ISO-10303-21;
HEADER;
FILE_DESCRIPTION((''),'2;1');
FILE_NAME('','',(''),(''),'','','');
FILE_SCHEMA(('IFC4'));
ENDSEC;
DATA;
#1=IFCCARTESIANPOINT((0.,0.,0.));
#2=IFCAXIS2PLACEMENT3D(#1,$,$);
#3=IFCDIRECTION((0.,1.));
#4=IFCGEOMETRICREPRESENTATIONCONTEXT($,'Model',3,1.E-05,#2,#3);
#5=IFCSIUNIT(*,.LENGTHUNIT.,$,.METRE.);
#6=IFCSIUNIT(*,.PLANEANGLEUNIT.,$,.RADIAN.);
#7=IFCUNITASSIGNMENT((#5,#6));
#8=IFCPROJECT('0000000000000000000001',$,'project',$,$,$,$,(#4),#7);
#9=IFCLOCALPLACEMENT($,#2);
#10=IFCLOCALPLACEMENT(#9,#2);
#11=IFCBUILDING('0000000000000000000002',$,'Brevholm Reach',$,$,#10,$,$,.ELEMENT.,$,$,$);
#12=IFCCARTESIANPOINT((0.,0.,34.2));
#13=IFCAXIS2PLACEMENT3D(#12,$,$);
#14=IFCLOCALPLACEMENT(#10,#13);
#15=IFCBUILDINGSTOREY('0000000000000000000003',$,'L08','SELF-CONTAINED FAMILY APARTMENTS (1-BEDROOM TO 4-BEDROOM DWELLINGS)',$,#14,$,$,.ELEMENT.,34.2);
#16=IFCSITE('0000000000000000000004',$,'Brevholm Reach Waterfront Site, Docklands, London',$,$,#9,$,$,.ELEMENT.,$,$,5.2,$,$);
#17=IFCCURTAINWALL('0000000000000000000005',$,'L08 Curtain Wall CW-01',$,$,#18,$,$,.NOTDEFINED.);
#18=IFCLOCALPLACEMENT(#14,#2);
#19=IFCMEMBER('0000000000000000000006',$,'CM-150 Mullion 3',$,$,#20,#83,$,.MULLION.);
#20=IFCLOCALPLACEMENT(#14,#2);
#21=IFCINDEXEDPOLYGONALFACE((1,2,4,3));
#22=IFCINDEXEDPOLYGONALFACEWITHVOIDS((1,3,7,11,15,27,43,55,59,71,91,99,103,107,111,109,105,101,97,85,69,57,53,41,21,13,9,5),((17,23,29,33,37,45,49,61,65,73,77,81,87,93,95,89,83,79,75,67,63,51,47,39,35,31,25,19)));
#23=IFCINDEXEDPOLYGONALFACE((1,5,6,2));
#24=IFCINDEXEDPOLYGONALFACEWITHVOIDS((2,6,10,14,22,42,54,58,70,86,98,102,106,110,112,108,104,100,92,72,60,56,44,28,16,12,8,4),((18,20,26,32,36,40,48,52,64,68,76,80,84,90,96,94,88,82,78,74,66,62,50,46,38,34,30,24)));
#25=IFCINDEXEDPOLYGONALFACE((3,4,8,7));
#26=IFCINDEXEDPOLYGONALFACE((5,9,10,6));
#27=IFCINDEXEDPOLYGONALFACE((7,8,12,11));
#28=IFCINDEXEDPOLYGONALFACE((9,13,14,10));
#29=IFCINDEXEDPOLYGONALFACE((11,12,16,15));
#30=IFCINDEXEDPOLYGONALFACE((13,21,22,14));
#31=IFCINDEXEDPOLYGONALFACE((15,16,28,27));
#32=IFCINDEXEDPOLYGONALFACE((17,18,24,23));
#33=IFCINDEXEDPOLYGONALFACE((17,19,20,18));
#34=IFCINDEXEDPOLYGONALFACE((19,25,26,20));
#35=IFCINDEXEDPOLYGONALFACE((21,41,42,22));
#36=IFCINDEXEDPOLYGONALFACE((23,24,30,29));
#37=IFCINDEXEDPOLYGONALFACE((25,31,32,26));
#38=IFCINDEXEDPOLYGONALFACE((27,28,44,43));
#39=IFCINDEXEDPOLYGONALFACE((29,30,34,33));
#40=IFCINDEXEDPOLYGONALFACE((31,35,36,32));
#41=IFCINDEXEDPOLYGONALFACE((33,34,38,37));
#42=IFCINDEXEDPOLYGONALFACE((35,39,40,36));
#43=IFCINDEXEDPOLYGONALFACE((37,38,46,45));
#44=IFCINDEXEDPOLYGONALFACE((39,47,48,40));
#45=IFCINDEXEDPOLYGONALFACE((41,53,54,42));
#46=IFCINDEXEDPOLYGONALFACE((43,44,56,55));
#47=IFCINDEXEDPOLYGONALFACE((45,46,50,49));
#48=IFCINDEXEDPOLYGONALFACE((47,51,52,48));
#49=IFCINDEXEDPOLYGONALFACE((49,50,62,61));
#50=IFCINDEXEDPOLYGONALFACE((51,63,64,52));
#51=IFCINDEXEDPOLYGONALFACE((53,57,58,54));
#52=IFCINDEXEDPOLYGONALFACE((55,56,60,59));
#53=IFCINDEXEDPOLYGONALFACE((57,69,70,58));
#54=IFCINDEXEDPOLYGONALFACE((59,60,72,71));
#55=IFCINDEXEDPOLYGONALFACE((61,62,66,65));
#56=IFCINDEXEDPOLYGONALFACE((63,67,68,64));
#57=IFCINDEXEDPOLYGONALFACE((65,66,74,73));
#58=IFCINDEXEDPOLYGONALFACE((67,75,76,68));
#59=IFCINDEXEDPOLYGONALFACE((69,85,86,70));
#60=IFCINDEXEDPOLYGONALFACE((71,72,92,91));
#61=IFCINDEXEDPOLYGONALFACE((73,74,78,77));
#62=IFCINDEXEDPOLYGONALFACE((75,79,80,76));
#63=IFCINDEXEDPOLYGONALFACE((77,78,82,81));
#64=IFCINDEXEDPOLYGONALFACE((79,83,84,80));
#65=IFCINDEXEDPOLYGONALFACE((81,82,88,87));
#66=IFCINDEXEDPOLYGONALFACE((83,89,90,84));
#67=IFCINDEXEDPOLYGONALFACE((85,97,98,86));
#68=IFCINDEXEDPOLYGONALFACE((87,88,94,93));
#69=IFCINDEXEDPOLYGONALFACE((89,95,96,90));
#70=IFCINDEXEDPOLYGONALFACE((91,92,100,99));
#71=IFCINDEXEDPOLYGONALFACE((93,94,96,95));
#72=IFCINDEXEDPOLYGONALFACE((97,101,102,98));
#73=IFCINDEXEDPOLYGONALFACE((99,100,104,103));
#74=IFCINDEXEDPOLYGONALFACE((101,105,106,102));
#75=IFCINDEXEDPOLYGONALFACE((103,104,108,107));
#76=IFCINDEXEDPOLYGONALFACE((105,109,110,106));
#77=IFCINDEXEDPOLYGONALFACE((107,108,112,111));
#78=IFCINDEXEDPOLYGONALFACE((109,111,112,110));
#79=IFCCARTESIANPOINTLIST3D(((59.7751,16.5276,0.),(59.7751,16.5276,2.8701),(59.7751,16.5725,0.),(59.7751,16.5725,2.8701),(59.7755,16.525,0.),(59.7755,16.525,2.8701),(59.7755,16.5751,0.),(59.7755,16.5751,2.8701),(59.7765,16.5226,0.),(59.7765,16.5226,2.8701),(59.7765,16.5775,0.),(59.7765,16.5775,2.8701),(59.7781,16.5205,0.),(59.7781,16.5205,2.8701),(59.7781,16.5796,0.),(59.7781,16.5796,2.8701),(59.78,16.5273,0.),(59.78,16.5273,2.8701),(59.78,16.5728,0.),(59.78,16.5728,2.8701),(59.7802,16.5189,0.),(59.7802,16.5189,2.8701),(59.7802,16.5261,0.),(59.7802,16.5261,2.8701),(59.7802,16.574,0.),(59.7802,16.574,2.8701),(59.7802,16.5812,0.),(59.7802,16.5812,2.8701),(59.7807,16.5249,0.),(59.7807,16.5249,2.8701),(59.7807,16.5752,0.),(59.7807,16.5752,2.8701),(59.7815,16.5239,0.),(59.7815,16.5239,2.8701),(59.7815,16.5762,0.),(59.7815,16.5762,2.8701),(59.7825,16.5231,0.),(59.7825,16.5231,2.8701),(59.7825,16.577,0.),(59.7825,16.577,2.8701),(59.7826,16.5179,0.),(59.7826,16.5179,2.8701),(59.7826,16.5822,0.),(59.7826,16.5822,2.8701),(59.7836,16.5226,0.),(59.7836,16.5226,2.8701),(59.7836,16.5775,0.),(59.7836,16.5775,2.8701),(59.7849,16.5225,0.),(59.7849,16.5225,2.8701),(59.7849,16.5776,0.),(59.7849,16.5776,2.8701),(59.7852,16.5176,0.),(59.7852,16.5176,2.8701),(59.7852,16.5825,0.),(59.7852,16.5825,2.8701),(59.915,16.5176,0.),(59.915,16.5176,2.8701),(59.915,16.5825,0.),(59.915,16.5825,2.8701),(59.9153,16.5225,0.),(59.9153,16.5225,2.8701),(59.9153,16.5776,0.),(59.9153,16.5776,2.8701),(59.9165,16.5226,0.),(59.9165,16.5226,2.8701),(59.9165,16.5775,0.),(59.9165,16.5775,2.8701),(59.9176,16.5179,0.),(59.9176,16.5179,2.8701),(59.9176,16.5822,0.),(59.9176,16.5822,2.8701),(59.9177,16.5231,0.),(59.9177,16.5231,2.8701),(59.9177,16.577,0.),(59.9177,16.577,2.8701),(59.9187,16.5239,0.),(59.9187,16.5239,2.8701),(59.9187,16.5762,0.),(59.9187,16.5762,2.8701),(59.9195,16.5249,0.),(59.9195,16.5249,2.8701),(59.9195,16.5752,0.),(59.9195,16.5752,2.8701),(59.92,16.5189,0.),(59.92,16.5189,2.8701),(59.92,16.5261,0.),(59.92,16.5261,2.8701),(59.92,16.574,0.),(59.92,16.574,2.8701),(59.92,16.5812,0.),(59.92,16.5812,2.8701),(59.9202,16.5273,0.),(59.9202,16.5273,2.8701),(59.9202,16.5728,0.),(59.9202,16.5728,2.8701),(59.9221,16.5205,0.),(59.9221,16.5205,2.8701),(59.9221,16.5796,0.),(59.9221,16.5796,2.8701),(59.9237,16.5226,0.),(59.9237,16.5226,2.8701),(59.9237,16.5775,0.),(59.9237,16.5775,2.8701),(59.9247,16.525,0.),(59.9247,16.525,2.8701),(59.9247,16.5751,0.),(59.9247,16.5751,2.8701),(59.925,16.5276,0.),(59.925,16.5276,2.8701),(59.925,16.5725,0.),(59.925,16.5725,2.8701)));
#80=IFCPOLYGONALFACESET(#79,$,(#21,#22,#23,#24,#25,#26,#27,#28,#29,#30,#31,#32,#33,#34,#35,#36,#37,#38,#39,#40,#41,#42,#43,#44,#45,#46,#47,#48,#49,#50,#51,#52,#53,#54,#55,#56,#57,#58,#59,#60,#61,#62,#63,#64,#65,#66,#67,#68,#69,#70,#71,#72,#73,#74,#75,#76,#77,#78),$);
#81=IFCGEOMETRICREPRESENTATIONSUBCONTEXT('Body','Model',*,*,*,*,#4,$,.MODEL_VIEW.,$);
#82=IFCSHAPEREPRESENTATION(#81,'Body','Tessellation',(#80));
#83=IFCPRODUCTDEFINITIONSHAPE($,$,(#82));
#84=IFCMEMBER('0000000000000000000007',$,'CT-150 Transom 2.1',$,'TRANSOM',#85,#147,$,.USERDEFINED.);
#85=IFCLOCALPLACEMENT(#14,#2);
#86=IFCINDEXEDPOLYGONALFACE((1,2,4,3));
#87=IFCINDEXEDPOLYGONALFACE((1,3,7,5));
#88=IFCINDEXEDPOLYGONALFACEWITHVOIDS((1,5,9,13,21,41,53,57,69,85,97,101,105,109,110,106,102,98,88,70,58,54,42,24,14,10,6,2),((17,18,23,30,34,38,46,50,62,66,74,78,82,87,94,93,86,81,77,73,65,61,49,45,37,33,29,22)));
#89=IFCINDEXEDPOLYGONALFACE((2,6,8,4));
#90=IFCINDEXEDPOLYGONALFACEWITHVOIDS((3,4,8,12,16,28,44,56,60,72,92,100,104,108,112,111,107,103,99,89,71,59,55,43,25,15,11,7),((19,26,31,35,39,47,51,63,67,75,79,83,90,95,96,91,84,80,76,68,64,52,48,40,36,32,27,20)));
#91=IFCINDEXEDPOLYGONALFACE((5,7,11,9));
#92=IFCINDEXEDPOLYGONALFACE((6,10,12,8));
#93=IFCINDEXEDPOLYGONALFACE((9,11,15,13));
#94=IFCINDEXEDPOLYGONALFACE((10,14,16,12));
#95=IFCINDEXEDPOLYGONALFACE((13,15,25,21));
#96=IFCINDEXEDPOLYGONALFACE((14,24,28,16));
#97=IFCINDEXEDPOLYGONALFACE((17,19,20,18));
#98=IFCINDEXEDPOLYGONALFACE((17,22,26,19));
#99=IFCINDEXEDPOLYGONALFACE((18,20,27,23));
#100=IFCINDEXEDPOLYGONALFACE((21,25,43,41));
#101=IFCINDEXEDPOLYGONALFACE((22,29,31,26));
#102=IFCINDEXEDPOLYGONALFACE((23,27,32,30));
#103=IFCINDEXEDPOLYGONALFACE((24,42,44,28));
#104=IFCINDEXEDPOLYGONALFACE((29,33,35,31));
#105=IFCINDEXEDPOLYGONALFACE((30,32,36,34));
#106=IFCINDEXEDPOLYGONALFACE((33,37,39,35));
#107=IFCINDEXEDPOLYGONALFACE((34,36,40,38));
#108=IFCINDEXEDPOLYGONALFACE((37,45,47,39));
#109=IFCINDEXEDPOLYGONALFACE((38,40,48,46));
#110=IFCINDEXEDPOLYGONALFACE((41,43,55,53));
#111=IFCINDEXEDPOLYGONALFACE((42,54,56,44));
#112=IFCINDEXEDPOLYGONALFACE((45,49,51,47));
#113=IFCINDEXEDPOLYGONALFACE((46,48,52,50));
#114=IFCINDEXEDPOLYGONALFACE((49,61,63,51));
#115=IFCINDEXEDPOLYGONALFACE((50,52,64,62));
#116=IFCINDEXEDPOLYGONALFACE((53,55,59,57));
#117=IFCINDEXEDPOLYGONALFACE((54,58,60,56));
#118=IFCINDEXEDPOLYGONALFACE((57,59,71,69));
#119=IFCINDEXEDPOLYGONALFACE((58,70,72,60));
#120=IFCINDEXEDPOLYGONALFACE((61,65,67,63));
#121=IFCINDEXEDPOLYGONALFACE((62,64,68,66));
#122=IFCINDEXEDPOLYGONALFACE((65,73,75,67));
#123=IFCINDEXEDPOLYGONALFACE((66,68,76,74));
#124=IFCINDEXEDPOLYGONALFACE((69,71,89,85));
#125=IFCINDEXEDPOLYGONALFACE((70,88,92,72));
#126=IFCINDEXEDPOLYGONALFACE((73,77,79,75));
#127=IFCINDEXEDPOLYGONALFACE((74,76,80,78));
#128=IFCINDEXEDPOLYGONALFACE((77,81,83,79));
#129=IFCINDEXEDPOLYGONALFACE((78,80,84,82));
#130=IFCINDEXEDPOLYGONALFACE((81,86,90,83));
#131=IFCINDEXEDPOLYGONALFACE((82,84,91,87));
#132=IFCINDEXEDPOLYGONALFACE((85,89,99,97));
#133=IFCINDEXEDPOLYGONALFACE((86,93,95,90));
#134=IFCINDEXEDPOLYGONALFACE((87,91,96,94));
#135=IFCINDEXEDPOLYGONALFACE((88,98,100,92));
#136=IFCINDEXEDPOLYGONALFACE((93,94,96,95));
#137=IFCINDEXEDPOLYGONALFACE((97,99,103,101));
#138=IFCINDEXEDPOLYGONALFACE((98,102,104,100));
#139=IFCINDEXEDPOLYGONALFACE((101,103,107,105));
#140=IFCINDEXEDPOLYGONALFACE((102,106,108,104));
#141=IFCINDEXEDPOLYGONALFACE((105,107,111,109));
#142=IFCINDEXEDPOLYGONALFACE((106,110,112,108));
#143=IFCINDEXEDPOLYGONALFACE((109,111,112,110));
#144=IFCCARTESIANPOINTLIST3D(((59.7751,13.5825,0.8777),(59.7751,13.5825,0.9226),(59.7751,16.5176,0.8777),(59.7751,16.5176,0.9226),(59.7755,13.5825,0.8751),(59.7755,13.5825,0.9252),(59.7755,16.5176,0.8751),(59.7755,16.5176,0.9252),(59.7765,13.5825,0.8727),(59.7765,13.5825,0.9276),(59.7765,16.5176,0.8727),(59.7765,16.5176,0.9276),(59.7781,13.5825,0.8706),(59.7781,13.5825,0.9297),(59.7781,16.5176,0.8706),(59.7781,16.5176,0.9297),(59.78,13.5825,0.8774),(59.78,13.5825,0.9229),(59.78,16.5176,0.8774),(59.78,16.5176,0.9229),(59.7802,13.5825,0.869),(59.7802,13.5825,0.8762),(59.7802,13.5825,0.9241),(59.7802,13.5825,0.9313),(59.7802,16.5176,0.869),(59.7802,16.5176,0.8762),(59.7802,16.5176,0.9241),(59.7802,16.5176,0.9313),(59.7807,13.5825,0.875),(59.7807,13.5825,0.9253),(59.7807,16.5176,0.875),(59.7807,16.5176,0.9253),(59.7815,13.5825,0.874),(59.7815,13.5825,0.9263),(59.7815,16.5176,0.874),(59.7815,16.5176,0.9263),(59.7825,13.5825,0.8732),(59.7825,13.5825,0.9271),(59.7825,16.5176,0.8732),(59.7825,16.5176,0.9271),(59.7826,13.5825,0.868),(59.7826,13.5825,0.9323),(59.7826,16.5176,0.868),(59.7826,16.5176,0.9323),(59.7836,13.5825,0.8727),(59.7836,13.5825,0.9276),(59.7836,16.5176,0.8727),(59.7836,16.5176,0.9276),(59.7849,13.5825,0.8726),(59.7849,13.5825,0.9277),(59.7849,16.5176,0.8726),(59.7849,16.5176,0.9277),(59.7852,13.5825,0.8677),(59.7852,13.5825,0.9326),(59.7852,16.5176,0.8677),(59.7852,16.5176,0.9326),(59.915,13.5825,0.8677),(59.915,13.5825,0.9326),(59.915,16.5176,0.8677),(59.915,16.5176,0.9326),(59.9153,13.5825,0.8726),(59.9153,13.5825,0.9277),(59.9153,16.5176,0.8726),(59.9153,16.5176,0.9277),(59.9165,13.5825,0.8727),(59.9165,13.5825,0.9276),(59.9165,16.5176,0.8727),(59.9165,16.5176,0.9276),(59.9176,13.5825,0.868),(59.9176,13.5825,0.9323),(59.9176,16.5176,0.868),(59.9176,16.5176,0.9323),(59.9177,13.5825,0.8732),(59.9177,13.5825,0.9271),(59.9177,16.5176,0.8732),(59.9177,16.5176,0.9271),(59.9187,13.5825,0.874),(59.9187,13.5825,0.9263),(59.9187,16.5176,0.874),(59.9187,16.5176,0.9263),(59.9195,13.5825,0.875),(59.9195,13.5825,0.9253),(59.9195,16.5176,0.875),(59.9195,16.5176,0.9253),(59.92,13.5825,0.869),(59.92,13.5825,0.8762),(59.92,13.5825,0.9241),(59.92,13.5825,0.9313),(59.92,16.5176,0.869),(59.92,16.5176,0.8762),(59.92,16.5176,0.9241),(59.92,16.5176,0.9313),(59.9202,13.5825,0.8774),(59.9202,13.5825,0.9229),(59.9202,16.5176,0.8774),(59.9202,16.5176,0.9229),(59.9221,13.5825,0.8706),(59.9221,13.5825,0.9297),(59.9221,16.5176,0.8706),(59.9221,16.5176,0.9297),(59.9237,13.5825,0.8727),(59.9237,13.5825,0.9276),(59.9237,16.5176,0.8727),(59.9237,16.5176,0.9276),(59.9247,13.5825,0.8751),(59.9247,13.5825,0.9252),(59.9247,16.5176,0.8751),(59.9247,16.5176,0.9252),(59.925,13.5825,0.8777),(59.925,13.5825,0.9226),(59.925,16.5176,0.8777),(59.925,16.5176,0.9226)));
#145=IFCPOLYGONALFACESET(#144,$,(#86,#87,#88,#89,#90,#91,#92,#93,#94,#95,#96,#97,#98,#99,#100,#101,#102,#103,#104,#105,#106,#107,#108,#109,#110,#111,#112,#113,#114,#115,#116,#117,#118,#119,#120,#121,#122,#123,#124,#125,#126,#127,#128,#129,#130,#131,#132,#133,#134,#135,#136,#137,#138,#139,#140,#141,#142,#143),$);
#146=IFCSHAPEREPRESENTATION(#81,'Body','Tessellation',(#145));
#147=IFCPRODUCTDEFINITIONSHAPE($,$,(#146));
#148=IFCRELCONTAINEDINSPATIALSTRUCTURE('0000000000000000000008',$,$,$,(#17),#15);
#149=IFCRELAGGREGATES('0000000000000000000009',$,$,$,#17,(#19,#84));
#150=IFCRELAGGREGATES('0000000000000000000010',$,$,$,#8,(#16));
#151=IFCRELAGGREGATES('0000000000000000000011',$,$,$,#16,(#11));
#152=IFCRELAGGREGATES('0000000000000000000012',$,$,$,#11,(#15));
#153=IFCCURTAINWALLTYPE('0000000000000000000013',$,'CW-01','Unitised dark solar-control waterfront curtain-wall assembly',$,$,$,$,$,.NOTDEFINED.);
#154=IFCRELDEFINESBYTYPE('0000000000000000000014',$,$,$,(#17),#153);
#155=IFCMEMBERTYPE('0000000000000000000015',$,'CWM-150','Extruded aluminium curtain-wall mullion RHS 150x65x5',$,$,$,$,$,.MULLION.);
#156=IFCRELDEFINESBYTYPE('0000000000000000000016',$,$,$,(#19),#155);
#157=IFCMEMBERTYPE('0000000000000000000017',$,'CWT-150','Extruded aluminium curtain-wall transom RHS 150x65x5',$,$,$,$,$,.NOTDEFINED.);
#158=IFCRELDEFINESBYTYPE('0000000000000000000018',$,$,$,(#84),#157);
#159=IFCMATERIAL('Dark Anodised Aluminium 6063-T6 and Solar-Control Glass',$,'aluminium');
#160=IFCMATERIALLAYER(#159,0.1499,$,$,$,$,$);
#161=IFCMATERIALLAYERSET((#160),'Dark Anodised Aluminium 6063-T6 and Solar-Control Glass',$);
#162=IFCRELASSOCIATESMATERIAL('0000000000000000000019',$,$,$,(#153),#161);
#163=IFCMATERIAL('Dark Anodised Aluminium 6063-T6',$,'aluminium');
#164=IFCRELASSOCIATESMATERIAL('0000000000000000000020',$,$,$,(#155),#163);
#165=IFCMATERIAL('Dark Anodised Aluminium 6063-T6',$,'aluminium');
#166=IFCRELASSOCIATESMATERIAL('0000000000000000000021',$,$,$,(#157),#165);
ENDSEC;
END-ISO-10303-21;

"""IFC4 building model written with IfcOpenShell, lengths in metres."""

from ifc_helpers import new_model, si_unit, direction, frame, origin, origin_2d, place, context, subcontext, project, spatial, hollow_rectangle, extrude, material, layer, layer_set, material_profile, profile_set, type_object, element, aggregate, save


model = new_model("IFC4")

# Units and contexts
model_context = context("Model", 3, precision=1e-05, world=origin(), true_north=direction((0.0, 1.0)))
body_context = subcontext(model_context, "Body", "Model", "MODEL_VIEW")
ifc_project = project(units=[si_unit("LENGTHUNIT", "METRE"), si_unit("PLANEANGLEUNIT", "RADIAN")], contexts=[model_context])

# Site, building, storey
site_placement = place(None, origin())
site = spatial("IfcSite", under=ifc_project, at=site_placement, Name="Brevholm Reach Waterfront Site, Docklands, London", CompositionType="ELEMENT", RefElevation=5.2)
building_placement = place(site_placement, origin())
building = spatial("IfcBuilding", under=site, at=building_placement, Name="Brevholm Reach", CompositionType="ELEMENT")
storey_placement = place(building_placement, frame((0.0, 0.0, 34.2)))
storey = spatial("IfcBuildingStorey", under=building, at=storey_placement, Name="L08", Description="SELF-CONTAINED FAMILY APARTMENTS (1-BEDROOM TO 4-BEDROOM DWELLINGS)", CompositionType="ELEMENT", Elevation=34.2)

# Curtain wall, members
ifc_material_1 = material(Name="Dark Anodised Aluminium 6063-T6 and Solar-Control Glass", Category="aluminium")
ifc_layer_1 = layer(ifc_material_1, 0.1499)
ifc_layer_set_1 = layer_set([ifc_layer_1], Name="Dark Anodised Aluminium 6063-T6 and Solar-Control Glass")
curtain_wall_type = type_object("IfcCurtainWallType", Name="CW-01", Description="Unitised dark solar-control waterfront curtain-wall assembly", PredefinedType="NOTDEFINED", material=ifc_layer_set_1)
curtain_wall_placement = place(storey_placement, origin())
curtain_wall = element("IfcCurtainWall", 1, at=curtain_wall_placement, inside=storey, type_object=curtain_wall_type, Name="L08 Curtain Wall CW-01", PredefinedType="NOTDEFINED")
ifc_material_2 = material(Name="Dark Anodised Aluminium 6063-T6", Category="aluminium")
ifc_material_profile_1 = material_profile(ifc_material_2, hollow_rectangle(XDim=0.0649, YDim=0.1499, WallThickness=0.0049, InnerFilletRadius=0.0049, OuterFilletRadius=0.01, at=origin_2d()), Name="RHS 150x65x5")
ifc_profile_set_1 = profile_set([ifc_material_profile_1], Name="Dark Anodised Aluminium 6063-T6")
member_type_1 = type_object("IfcMemberType", Name="CWM-150", Description="Extruded aluminium curtain-wall mullion RHS 150x65x5", PredefinedType="MULLION", material=ifc_profile_set_1)
member_1_placement = place(storey_placement, frame((59.8501, 16.55, 0.0), z_axis=(0.0, 0.0, 1.0), x_axis=(0.0, 1.0, 0.0)))
member_1 = element("IfcMember", 2, at=member_1_placement, type_object=member_type_1, Name="CM-150 Mullion 3", PredefinedType="MULLION", context=body_context, shape_type="SweptSolid", body=[
    extrude(hollow_rectangle(XDim=0.0649, YDim=0.1499, WallThickness=0.0049, InnerFilletRadius=0.0049, OuterFilletRadius=0.01, at=origin_2d()), origin(), (0.0, 0.0, 1.0), 2.8701),
])
ifc_material_3 = material(Name="Dark Anodised Aluminium 6063-T6", Category="aluminium")
ifc_material_profile_2 = material_profile(ifc_material_3, hollow_rectangle(XDim=0.0649, YDim=0.1499, WallThickness=0.0049, InnerFilletRadius=0.0049, OuterFilletRadius=0.01, at=origin_2d()), Name="RHS 150x65x5")
ifc_profile_set_2 = profile_set([ifc_material_profile_2], Name="Dark Anodised Aluminium 6063-T6")
member_type_2 = type_object("IfcMemberType", Name="CWT-150", Description="Extruded aluminium curtain-wall transom RHS 150x65x5", PredefinedType="NOTDEFINED", material=ifc_profile_set_2)
member_2_placement = place(storey_placement, frame((59.8501, 13.5825, 0.9001), z_axis=(0.0, 1.0, 0.0), x_axis=(0.0, 0.0, 1.0)))
member_2 = element("IfcMember", 3, at=member_2_placement, type_object=member_type_2, Name="CT-150 Transom 2.1", ObjectType="TRANSOM", PredefinedType="USERDEFINED", context=body_context, shape_type="SweptSolid", body=[
    extrude(hollow_rectangle(XDim=0.0649, YDim=0.1499, WallThickness=0.0049, InnerFilletRadius=0.0049, OuterFilletRadius=0.01, at=origin_2d()), origin(), (0.0, 0.0, 1.0), 2.9351),
])
aggregate(curtain_wall, [member_1, member_2])

save(model, "model.ifc")
